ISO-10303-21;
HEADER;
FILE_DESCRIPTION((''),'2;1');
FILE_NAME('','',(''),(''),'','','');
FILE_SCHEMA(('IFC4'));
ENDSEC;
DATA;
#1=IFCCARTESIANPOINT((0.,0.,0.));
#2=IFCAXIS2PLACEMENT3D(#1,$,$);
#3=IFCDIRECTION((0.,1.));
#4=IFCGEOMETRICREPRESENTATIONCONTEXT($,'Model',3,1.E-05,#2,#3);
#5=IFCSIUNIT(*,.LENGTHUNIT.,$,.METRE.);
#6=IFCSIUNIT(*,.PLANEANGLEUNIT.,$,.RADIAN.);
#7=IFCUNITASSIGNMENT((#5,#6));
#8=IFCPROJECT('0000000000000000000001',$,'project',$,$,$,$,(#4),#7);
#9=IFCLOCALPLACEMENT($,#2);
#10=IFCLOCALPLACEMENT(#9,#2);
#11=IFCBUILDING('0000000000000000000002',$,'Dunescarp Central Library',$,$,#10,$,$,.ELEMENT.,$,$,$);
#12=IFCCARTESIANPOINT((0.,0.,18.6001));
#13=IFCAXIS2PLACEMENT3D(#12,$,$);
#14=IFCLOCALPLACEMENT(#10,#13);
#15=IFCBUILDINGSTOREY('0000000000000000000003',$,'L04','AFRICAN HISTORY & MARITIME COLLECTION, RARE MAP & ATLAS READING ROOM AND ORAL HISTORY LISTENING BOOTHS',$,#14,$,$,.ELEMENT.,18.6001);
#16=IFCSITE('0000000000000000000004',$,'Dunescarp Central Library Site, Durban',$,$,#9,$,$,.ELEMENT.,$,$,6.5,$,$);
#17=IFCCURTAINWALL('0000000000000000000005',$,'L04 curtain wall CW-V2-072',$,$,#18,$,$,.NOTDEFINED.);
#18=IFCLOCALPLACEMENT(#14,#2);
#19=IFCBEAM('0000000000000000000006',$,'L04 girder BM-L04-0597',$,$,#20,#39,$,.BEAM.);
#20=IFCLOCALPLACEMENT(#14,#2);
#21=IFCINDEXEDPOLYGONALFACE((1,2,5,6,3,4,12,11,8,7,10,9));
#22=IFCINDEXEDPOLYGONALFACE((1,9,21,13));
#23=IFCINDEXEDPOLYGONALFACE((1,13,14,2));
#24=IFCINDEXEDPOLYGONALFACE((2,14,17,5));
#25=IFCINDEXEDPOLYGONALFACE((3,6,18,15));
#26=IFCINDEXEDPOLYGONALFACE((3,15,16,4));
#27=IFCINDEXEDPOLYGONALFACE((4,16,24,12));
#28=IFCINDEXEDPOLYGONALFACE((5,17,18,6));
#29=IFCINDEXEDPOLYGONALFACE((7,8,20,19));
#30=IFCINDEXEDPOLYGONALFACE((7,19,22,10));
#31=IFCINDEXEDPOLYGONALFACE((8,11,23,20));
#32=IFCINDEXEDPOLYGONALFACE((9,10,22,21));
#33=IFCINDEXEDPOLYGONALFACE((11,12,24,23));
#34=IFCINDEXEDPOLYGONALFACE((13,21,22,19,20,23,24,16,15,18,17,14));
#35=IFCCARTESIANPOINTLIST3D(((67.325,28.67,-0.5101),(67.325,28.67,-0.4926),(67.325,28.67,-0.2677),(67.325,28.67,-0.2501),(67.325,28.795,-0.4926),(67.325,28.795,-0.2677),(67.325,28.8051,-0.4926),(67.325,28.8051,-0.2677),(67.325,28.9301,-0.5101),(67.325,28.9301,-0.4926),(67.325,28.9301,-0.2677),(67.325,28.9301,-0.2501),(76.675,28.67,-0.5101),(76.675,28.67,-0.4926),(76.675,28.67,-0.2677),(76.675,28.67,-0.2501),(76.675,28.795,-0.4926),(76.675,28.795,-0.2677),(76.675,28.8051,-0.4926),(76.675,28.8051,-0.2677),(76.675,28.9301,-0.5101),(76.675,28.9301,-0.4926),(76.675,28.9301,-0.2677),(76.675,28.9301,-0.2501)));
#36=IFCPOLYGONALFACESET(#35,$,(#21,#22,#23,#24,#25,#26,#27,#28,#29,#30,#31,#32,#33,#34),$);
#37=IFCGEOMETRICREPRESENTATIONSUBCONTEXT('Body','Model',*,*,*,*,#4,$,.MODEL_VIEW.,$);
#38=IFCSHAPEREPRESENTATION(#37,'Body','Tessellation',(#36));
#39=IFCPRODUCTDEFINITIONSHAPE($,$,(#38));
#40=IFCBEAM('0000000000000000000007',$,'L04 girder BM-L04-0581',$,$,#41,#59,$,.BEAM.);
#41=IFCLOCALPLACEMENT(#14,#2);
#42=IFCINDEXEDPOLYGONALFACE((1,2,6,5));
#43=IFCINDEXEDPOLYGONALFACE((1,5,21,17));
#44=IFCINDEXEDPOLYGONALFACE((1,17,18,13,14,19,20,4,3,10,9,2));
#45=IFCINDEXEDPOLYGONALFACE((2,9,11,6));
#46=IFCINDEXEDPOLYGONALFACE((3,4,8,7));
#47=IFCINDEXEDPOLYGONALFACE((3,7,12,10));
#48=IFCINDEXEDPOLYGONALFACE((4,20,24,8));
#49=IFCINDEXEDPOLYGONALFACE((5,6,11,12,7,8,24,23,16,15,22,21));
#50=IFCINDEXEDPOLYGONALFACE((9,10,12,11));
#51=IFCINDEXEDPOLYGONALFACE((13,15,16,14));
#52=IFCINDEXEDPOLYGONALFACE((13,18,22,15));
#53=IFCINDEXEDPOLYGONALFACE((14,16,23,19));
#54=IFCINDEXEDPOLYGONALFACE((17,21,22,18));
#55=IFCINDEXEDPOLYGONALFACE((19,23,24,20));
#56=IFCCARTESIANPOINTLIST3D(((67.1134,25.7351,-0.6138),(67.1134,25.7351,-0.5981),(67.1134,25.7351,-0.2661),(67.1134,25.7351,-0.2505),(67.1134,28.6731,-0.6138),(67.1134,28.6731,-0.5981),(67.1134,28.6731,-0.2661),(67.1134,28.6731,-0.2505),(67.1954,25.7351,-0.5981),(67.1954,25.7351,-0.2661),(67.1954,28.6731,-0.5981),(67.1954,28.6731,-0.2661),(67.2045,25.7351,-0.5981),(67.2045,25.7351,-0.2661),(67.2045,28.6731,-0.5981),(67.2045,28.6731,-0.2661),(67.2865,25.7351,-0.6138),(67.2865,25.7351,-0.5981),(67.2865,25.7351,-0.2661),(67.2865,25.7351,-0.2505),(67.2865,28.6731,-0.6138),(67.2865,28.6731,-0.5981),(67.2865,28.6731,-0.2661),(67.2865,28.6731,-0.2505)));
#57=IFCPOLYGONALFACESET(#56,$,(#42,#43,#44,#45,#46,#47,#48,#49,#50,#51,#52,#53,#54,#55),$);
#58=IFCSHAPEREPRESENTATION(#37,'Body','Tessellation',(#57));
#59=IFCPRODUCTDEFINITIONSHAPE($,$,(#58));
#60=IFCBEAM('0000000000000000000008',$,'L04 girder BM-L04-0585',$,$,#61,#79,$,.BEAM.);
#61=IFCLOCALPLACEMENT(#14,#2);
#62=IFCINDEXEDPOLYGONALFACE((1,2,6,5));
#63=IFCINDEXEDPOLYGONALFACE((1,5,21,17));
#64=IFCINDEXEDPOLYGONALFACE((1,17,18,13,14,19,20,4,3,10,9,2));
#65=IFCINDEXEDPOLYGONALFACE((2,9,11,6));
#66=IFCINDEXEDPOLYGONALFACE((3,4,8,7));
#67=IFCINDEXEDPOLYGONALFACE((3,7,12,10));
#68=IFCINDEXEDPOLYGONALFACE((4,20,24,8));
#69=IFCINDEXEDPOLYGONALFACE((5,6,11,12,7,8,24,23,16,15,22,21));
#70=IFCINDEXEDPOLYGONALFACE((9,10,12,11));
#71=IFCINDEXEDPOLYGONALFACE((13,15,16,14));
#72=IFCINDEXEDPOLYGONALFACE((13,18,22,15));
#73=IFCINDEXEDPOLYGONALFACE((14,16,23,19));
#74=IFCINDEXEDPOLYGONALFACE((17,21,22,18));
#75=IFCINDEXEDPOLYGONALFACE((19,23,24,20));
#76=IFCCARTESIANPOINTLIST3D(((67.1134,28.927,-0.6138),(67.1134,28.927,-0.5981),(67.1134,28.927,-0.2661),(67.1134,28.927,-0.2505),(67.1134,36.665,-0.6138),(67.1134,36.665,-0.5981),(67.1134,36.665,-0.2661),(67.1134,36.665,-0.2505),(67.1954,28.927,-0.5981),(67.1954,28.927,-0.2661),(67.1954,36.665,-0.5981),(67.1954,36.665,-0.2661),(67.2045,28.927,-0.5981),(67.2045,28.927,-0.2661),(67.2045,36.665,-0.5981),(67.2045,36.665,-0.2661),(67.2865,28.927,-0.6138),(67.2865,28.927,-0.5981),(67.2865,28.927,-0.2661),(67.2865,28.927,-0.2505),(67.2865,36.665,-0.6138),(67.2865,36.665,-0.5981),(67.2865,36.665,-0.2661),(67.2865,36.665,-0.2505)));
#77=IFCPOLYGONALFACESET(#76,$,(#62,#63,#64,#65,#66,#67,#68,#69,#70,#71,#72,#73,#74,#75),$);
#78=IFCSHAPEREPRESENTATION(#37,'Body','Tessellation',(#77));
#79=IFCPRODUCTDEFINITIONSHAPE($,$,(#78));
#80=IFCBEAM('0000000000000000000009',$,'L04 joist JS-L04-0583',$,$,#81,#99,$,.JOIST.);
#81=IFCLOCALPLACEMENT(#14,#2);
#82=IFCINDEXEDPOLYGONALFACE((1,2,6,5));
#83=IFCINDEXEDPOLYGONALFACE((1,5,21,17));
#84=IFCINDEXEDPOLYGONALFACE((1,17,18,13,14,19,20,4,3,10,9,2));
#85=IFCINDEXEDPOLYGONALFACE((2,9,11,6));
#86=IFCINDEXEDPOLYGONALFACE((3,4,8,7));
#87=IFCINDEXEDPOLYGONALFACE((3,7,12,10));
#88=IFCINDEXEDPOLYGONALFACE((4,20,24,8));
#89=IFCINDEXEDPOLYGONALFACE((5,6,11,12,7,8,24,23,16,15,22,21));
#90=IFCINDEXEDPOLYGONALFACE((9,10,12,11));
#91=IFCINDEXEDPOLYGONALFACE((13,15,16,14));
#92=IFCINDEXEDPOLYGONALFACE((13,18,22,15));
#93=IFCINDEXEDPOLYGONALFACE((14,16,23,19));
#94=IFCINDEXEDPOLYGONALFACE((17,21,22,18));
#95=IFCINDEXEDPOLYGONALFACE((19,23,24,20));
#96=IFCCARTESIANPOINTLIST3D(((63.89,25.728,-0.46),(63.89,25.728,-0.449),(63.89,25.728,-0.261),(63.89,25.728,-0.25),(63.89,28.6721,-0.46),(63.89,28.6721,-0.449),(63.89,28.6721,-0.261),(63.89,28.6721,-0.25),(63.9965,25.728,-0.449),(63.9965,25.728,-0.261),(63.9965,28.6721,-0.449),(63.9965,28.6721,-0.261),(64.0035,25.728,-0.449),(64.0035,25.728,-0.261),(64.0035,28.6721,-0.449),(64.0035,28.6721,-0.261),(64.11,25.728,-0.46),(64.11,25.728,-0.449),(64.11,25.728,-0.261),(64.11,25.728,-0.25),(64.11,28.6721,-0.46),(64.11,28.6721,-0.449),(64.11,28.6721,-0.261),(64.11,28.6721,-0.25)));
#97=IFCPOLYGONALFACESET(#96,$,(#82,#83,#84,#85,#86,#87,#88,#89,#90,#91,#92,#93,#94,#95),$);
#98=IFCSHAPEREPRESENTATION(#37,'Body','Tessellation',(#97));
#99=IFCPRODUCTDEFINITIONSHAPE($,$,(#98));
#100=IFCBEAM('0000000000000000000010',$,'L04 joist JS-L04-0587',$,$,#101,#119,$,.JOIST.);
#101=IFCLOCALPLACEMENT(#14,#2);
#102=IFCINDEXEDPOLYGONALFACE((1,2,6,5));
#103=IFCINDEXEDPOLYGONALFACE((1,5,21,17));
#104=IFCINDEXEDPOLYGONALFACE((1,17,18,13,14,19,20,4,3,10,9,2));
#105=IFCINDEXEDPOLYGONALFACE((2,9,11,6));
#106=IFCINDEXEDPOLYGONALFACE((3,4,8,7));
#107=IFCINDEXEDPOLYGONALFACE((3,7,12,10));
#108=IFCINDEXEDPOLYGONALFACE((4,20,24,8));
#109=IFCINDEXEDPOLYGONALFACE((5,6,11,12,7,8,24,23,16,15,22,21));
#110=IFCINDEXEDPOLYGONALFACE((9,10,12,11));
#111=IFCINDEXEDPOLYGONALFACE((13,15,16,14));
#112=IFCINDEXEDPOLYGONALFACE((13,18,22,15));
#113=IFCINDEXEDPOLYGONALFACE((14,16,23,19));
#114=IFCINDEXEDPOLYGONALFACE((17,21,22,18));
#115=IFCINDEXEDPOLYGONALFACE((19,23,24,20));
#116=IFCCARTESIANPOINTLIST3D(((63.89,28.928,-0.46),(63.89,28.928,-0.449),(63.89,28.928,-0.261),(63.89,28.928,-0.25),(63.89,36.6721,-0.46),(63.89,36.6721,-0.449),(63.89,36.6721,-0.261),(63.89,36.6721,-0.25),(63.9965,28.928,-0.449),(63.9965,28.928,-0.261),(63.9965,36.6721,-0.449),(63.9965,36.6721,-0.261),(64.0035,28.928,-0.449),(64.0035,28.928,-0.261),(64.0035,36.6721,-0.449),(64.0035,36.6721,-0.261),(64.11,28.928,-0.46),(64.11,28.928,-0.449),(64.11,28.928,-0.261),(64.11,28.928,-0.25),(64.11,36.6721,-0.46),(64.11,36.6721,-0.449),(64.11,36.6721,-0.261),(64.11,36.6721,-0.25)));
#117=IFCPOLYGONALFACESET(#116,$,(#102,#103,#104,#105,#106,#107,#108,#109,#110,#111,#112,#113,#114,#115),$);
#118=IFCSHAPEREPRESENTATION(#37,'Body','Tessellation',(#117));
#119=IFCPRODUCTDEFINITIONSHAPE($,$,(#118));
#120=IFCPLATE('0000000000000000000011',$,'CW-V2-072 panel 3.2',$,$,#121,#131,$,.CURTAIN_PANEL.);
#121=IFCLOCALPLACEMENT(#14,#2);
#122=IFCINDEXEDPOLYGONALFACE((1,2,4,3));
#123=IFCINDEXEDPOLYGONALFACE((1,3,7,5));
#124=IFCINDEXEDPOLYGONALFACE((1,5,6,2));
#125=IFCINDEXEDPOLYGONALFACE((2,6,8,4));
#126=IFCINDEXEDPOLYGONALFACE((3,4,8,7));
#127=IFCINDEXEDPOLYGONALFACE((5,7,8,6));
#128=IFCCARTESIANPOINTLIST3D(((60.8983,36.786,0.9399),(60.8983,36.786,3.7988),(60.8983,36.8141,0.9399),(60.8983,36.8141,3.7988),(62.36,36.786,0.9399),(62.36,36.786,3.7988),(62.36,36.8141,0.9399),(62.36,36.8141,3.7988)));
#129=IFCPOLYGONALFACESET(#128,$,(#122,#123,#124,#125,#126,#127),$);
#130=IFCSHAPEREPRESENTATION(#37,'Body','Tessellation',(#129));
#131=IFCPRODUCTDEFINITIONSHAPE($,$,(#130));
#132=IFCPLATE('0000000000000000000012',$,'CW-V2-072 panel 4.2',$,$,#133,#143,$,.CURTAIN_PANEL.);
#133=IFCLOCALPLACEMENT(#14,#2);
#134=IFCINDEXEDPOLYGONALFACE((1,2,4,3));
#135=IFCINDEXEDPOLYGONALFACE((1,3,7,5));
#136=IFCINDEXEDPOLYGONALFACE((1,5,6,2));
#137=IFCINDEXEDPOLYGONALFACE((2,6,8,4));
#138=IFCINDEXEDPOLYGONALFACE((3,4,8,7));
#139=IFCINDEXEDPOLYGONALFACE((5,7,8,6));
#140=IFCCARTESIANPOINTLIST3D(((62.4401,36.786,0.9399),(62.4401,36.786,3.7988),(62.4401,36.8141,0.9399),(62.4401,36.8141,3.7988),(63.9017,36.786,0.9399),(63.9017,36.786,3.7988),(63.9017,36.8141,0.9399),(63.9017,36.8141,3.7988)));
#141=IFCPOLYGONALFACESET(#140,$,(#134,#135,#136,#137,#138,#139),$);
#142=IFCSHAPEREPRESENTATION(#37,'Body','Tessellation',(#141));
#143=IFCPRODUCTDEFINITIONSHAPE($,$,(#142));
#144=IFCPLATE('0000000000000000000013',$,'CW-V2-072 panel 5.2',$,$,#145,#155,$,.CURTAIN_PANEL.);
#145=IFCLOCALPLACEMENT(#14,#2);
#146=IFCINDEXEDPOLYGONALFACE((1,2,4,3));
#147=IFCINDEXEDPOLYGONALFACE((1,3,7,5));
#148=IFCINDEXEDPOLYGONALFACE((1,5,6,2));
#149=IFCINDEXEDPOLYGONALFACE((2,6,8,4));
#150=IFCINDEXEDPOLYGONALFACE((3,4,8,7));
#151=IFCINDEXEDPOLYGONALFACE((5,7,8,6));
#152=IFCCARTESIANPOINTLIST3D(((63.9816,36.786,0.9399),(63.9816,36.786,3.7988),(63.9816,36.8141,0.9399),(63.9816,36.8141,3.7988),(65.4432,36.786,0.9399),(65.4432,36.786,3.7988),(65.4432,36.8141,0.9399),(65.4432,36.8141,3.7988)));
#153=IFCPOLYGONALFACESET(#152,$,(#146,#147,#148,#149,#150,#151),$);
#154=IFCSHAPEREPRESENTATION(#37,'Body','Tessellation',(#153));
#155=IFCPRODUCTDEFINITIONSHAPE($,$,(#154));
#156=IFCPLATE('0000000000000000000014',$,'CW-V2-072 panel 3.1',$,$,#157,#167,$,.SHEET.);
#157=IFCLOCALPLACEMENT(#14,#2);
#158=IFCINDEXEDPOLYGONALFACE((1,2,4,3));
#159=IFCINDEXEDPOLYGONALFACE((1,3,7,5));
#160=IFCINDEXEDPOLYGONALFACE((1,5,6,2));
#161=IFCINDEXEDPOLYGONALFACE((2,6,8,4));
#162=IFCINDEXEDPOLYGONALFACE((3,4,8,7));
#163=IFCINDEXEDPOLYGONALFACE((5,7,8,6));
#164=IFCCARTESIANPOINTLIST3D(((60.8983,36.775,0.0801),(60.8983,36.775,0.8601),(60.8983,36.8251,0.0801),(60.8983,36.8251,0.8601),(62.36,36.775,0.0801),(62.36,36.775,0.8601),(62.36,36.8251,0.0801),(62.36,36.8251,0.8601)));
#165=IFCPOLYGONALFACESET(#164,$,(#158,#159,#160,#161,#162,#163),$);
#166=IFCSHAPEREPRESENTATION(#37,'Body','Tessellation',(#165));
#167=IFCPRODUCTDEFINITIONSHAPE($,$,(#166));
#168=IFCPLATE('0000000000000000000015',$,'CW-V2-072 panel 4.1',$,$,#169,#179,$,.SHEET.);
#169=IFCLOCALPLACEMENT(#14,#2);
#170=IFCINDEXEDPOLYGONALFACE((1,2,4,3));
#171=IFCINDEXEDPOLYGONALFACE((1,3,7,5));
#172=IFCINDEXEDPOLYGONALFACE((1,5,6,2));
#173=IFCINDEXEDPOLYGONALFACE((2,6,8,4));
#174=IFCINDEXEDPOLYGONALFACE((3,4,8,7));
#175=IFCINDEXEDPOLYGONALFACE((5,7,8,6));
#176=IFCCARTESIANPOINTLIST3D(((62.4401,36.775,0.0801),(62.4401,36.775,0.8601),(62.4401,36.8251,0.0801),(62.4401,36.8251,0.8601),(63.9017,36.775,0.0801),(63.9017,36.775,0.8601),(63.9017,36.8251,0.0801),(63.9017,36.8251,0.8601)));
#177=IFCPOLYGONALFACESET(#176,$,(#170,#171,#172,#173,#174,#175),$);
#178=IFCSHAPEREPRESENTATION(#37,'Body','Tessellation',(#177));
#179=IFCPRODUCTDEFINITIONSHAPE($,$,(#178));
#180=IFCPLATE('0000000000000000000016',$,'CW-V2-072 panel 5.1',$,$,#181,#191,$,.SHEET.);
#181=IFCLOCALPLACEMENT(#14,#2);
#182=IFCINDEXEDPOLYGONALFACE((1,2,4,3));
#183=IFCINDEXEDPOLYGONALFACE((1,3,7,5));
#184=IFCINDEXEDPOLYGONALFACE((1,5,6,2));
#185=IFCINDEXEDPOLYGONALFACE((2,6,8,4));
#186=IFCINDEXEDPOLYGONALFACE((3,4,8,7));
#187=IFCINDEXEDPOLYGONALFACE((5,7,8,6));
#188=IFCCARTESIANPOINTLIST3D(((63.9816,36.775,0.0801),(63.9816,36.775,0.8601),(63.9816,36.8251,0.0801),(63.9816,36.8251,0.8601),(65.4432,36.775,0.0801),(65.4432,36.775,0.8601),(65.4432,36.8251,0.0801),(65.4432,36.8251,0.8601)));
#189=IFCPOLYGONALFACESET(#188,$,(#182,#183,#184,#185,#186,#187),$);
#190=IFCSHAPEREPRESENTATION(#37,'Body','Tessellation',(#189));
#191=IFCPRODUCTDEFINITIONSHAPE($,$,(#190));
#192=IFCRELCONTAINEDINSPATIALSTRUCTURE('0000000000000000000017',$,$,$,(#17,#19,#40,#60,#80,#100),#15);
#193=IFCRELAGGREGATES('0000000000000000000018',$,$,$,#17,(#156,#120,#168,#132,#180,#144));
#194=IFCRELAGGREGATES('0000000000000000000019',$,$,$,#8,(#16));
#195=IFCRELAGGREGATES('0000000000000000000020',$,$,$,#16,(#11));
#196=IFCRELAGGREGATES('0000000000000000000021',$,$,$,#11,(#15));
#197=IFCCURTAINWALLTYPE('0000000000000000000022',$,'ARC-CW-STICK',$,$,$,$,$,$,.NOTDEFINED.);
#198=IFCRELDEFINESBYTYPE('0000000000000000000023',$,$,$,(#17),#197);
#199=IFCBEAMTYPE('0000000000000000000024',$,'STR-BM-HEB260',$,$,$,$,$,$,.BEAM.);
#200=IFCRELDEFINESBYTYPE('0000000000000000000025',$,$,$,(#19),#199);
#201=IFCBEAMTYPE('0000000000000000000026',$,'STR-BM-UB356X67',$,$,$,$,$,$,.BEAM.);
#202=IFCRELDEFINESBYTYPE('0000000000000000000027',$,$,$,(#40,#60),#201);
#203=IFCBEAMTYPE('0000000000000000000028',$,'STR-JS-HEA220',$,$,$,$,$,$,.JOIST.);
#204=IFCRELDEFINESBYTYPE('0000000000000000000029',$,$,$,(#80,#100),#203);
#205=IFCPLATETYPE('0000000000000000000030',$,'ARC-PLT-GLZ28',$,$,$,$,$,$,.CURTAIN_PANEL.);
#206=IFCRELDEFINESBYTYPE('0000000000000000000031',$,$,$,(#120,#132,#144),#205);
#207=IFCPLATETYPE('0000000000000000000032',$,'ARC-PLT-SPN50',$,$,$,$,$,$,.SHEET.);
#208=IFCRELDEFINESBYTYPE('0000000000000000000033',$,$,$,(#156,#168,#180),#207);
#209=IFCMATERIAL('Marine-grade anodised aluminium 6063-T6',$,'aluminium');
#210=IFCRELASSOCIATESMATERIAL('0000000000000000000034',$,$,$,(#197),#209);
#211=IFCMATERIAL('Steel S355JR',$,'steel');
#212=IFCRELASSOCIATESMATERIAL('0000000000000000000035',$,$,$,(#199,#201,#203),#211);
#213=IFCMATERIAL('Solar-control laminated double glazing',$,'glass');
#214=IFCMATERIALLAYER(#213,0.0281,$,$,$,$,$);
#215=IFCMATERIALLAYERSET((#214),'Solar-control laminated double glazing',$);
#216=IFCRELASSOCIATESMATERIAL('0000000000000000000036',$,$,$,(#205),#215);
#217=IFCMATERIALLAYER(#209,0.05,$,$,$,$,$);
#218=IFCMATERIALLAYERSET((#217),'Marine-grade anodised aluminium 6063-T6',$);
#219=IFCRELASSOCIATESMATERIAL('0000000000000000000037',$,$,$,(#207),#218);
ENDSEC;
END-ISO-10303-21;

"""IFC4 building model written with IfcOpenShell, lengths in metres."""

from ifc_helpers import new_model, si_unit, direction, frame, origin, origin_2d, place, context, subcontext, project, spatial, rectangle, i_section, extrude, material, layer, layer_set, material_profile, profile_set, type_object, element, aggregate, save


model = new_model("IFC4")

# Units and contexts
model_context = context("Model", 3, precision=1e-05, world=origin(), true_north=direction((0.0, 1.0)))
body_context = subcontext(model_context, "Body", "Model", "MODEL_VIEW")
ifc_project = project(units=[si_unit("LENGTHUNIT", "METRE"), si_unit("PLANEANGLEUNIT", "RADIAN")], contexts=[model_context])

# Site, building, storey
site_placement = place(None, origin())
site = spatial("IfcSite", under=ifc_project, at=site_placement, Name="Dunescarp Central Library Site, Durban", CompositionType="ELEMENT", RefElevation=6.5)
building_placement = place(site_placement, origin())
building = spatial("IfcBuilding", under=site, at=building_placement, Name="Dunescarp Central Library", CompositionType="ELEMENT")
storey_placement = place(building_placement, frame((0.0, 0.0, 18.6001)))
storey = spatial("IfcBuildingStorey", under=building, at=storey_placement, Name="L04", Description="AFRICAN HISTORY & MARITIME COLLECTION, RARE MAP & ATLAS READING ROOM AND ORAL HISTORY LISTENING BOOTHS", CompositionType="ELEMENT", Elevation=18.6001)

# Shared definitions
ifc_material_1 = material(Name="Steel S355JR", Category="steel")

# Curtain wall
ifc_material_2 = material(Name="Marine-grade anodised aluminium 6063-T6", Category="aluminium")
curtain_wall_type = type_object("IfcCurtainWallType", Name="ARC-CW-STICK", PredefinedType="NOTDEFINED", material=ifc_material_2)
curtain_wall_placement = place(storey_placement, origin())
curtain_wall = element("IfcCurtainWall", 1, at=curtain_wall_placement, inside=storey, type_object=curtain_wall_type, Name="L04 curtain wall CW-V2-072", PredefinedType="NOTDEFINED")

# Beams
ifc_material_profile_1 = material_profile(ifc_material_1, i_section(OverallWidth=0.26, OverallDepth=0.26, WebThickness=0.01, FlangeThickness=0.0176, at=origin_2d()), Name="HEB 260")
ifc_profile_set_1 = profile_set([ifc_material_profile_1], Name="Steel S355JR")
beam_type_1 = type_object("IfcBeamType", Name="STR-BM-HEB260", PredefinedType="BEAM", material=ifc_profile_set_1)
beam_1_placement = place(storey_placement, frame((67.325, 28.8, -0.3801), z_axis=(1.0, 0.0, 0.0), x_axis=(0.0, 1.0, 0.0)))
element("IfcBeam", 2, at=beam_1_placement, inside=storey, type_object=beam_type_1, Name="L04 girder BM-L04-0597", PredefinedType="BEAM", context=body_context, shape_type="SweptSolid", body=[
    extrude(i_section(OverallWidth=0.26, OverallDepth=0.26, WebThickness=0.01, FlangeThickness=0.0176, at=origin_2d()), origin(), (0.0, 0.0, 1.0), 9.3501),
])
ifc_material_profile_2 = material_profile(ifc_material_1, i_section(OverallWidth=0.1731, OverallDepth=0.3633, WebThickness=0.009, FlangeThickness=0.0156, at=origin_2d()), Name="UB 356x171x67")
ifc_profile_set_2 = profile_set([ifc_material_profile_2], Name="Steel S355JR")
beam_type_2 = type_object("IfcBeamType", Name="STR-BM-UB356X67", PredefinedType="BEAM", material=ifc_profile_set_2)
beam_2_placement = place(storey_placement, frame((67.2, 25.7351, -0.4321), z_axis=(0.0, 1.0, 0.0), x_axis=(-1.0, 0.0, 0.0)))
element("IfcBeam", 3, at=beam_2_placement, inside=storey, type_object=beam_type_2, Name="L04 girder BM-L04-0581", PredefinedType="BEAM", context=body_context, shape_type="SweptSolid", body=[
    extrude(i_section(OverallWidth=0.1731, OverallDepth=0.3633, WebThickness=0.009, FlangeThickness=0.0156, at=origin_2d()), origin(), (0.0, 0.0, 1.0), 2.938),
])
beam_3_placement = place(storey_placement, frame((67.2, 28.927, -0.4321), z_axis=(0.0, 1.0, 0.0), x_axis=(-1.0, 0.0, 0.0)))
element("IfcBeam", 4, at=beam_3_placement, inside=storey, type_object=beam_type_2, Name="L04 girder BM-L04-0585", PredefinedType="BEAM", context=body_context, shape_type="SweptSolid", body=[
    extrude(i_section(OverallWidth=0.1731, OverallDepth=0.3633, WebThickness=0.009, FlangeThickness=0.0156, at=origin_2d()), origin(), (0.0, 0.0, 1.0), 7.738),
])
ifc_material_profile_3 = material_profile(ifc_material_1, i_section(OverallWidth=0.22, OverallDepth=0.21, WebThickness=0.0071, FlangeThickness=0.011, at=origin_2d()), Name="HEA 220")
ifc_profile_set_3 = profile_set([ifc_material_profile_3], Name="Steel S355JR")
beam_type_3 = type_object("IfcBeamType", Name="STR-JS-HEA220", PredefinedType="JOIST", material=ifc_profile_set_3)
beam_4_placement = place(storey_placement, frame((64.0, 25.728, -0.355), z_axis=(0.0, 1.0, 0.0), x_axis=(-1.0, 0.0, 0.0)))
element("IfcBeam", 5, at=beam_4_placement, inside=storey, type_object=beam_type_3, Name="L04 joist JS-L04-0583", PredefinedType="JOIST", context=body_context, shape_type="SweptSolid", body=[
    extrude(i_section(OverallWidth=0.22, OverallDepth=0.21, WebThickness=0.0071, FlangeThickness=0.011, at=origin_2d()), origin(), (0.0, 0.0, 1.0), 2.9441),
])
beam_5_placement = place(storey_placement, frame((64.0, 28.928, -0.355), z_axis=(0.0, 1.0, 0.0), x_axis=(-1.0, 0.0, 0.0)))
element("IfcBeam", 6, at=beam_5_placement, inside=storey, type_object=beam_type_3, Name="L04 joist JS-L04-0587", PredefinedType="JOIST", context=body_context, shape_type="SweptSolid", body=[
    extrude(i_section(OverallWidth=0.22, OverallDepth=0.21, WebThickness=0.0071, FlangeThickness=0.011, at=origin_2d()), origin(), (0.0, 0.0, 1.0), 7.7441),
])

# Plates
ifc_material_3 = material(Name="Solar-control laminated double glazing", Category="glass")
ifc_layer_1 = layer(ifc_material_3, 0.0281)
ifc_layer_set_1 = layer_set([ifc_layer_1], Name="Solar-control laminated double glazing")
plate_type_1 = type_object("IfcPlateType", Name="ARC-PLT-GLZ28", PredefinedType="CURTAIN_PANEL", material=ifc_layer_set_1)
plate_1_placement = place(storey_placement, frame((61.6292, 36.8, 0.9399), z_axis=(0.0, 0.0, 1.0), x_axis=(1.0, 0.0, 0.0)))
plate_1 = element("IfcPlate", 7, at=plate_1_placement, type_object=plate_type_1, Name="CW-V2-072 panel 3.2", PredefinedType="CURTAIN_PANEL", context=body_context, shape_type="SweptSolid", body=[
    extrude(rectangle(XDim=1.4617, YDim=0.0281, at=origin_2d()), origin(), (0.0, 0.0, 1.0), 2.8589),
])
plate_2_placement = place(storey_placement, frame((63.1709, 36.8, 0.9399), z_axis=(0.0, 0.0, 1.0), x_axis=(1.0, 0.0, 0.0)))
plate_2 = element("IfcPlate", 8, at=plate_2_placement, type_object=plate_type_1, Name="CW-V2-072 panel 4.2", PredefinedType="CURTAIN_PANEL", context=body_context, shape_type="SweptSolid", body=[
    extrude(rectangle(XDim=1.4617, YDim=0.0281, at=origin_2d()), origin(), (0.0, 0.0, 1.0), 2.8589),
])
plate_3_placement = place(storey_placement, frame((64.7124, 36.8, 0.9399), z_axis=(0.0, 0.0, 1.0), x_axis=(1.0, 0.0, 0.0)))
plate_3 = element("IfcPlate", 9, at=plate_3_placement, type_object=plate_type_1, Name="CW-V2-072 panel 5.2", PredefinedType="CURTAIN_PANEL", context=body_context, shape_type="SweptSolid", body=[
    extrude(rectangle(XDim=1.4617, YDim=0.0281, at=origin_2d()), origin(), (0.0, 0.0, 1.0), 2.8589),
])
ifc_layer_2 = layer(ifc_material_2, 0.05)
ifc_layer_set_2 = layer_set([ifc_layer_2], Name="Marine-grade anodised aluminium 6063-T6")
plate_type_2 = type_object("IfcPlateType", Name="ARC-PLT-SPN50", PredefinedType="SHEET", material=ifc_layer_set_2)
plate_4_placement = place(storey_placement, frame((61.6292, 36.8, 0.0801), z_axis=(0.0, 0.0, 1.0), x_axis=(1.0, 0.0, 0.0)))
plate_4 = element("IfcPlate", 10, at=plate_4_placement, type_object=plate_type_2, Name="CW-V2-072 panel 3.1", PredefinedType="SHEET", context=body_context, shape_type="SweptSolid", body=[
    extrude(rectangle(XDim=1.4617, YDim=0.05, at=origin_2d()), origin(), (0.0, 0.0, 1.0), 0.78),
])
plate_5_placement = place(storey_placement, frame((63.1709, 36.8, 0.0801), z_axis=(0.0, 0.0, 1.0), x_axis=(1.0, 0.0, 0.0)))
plate_5 = element("IfcPlate", 11, at=plate_5_placement, type_object=plate_type_2, Name="CW-V2-072 panel 4.1", PredefinedType="SHEET", context=body_context, shape_type="SweptSolid", body=[
    extrude(rectangle(XDim=1.4617, YDim=0.05, at=origin_2d()), origin(), (0.0, 0.0, 1.0), 0.78),
])
plate_6_placement = place(storey_placement, frame((64.7124, 36.8, 0.0801), z_axis=(0.0, 0.0, 1.0), x_axis=(1.0, 0.0, 0.0)))
plate_6 = element("IfcPlate", 12, at=plate_6_placement, type_object=plate_type_2, Name="CW-V2-072 panel 5.1", PredefinedType="SHEET", context=body_context, shape_type="SweptSolid", body=[
    extrude(rectangle(XDim=1.4617, YDim=0.05, at=origin_2d()), origin(), (0.0, 0.0, 1.0), 0.78),
])
aggregate(curtain_wall, [plate_4, plate_1, plate_5, plate_2, plate_6, plate_3])

save(model, "model.ifc")
